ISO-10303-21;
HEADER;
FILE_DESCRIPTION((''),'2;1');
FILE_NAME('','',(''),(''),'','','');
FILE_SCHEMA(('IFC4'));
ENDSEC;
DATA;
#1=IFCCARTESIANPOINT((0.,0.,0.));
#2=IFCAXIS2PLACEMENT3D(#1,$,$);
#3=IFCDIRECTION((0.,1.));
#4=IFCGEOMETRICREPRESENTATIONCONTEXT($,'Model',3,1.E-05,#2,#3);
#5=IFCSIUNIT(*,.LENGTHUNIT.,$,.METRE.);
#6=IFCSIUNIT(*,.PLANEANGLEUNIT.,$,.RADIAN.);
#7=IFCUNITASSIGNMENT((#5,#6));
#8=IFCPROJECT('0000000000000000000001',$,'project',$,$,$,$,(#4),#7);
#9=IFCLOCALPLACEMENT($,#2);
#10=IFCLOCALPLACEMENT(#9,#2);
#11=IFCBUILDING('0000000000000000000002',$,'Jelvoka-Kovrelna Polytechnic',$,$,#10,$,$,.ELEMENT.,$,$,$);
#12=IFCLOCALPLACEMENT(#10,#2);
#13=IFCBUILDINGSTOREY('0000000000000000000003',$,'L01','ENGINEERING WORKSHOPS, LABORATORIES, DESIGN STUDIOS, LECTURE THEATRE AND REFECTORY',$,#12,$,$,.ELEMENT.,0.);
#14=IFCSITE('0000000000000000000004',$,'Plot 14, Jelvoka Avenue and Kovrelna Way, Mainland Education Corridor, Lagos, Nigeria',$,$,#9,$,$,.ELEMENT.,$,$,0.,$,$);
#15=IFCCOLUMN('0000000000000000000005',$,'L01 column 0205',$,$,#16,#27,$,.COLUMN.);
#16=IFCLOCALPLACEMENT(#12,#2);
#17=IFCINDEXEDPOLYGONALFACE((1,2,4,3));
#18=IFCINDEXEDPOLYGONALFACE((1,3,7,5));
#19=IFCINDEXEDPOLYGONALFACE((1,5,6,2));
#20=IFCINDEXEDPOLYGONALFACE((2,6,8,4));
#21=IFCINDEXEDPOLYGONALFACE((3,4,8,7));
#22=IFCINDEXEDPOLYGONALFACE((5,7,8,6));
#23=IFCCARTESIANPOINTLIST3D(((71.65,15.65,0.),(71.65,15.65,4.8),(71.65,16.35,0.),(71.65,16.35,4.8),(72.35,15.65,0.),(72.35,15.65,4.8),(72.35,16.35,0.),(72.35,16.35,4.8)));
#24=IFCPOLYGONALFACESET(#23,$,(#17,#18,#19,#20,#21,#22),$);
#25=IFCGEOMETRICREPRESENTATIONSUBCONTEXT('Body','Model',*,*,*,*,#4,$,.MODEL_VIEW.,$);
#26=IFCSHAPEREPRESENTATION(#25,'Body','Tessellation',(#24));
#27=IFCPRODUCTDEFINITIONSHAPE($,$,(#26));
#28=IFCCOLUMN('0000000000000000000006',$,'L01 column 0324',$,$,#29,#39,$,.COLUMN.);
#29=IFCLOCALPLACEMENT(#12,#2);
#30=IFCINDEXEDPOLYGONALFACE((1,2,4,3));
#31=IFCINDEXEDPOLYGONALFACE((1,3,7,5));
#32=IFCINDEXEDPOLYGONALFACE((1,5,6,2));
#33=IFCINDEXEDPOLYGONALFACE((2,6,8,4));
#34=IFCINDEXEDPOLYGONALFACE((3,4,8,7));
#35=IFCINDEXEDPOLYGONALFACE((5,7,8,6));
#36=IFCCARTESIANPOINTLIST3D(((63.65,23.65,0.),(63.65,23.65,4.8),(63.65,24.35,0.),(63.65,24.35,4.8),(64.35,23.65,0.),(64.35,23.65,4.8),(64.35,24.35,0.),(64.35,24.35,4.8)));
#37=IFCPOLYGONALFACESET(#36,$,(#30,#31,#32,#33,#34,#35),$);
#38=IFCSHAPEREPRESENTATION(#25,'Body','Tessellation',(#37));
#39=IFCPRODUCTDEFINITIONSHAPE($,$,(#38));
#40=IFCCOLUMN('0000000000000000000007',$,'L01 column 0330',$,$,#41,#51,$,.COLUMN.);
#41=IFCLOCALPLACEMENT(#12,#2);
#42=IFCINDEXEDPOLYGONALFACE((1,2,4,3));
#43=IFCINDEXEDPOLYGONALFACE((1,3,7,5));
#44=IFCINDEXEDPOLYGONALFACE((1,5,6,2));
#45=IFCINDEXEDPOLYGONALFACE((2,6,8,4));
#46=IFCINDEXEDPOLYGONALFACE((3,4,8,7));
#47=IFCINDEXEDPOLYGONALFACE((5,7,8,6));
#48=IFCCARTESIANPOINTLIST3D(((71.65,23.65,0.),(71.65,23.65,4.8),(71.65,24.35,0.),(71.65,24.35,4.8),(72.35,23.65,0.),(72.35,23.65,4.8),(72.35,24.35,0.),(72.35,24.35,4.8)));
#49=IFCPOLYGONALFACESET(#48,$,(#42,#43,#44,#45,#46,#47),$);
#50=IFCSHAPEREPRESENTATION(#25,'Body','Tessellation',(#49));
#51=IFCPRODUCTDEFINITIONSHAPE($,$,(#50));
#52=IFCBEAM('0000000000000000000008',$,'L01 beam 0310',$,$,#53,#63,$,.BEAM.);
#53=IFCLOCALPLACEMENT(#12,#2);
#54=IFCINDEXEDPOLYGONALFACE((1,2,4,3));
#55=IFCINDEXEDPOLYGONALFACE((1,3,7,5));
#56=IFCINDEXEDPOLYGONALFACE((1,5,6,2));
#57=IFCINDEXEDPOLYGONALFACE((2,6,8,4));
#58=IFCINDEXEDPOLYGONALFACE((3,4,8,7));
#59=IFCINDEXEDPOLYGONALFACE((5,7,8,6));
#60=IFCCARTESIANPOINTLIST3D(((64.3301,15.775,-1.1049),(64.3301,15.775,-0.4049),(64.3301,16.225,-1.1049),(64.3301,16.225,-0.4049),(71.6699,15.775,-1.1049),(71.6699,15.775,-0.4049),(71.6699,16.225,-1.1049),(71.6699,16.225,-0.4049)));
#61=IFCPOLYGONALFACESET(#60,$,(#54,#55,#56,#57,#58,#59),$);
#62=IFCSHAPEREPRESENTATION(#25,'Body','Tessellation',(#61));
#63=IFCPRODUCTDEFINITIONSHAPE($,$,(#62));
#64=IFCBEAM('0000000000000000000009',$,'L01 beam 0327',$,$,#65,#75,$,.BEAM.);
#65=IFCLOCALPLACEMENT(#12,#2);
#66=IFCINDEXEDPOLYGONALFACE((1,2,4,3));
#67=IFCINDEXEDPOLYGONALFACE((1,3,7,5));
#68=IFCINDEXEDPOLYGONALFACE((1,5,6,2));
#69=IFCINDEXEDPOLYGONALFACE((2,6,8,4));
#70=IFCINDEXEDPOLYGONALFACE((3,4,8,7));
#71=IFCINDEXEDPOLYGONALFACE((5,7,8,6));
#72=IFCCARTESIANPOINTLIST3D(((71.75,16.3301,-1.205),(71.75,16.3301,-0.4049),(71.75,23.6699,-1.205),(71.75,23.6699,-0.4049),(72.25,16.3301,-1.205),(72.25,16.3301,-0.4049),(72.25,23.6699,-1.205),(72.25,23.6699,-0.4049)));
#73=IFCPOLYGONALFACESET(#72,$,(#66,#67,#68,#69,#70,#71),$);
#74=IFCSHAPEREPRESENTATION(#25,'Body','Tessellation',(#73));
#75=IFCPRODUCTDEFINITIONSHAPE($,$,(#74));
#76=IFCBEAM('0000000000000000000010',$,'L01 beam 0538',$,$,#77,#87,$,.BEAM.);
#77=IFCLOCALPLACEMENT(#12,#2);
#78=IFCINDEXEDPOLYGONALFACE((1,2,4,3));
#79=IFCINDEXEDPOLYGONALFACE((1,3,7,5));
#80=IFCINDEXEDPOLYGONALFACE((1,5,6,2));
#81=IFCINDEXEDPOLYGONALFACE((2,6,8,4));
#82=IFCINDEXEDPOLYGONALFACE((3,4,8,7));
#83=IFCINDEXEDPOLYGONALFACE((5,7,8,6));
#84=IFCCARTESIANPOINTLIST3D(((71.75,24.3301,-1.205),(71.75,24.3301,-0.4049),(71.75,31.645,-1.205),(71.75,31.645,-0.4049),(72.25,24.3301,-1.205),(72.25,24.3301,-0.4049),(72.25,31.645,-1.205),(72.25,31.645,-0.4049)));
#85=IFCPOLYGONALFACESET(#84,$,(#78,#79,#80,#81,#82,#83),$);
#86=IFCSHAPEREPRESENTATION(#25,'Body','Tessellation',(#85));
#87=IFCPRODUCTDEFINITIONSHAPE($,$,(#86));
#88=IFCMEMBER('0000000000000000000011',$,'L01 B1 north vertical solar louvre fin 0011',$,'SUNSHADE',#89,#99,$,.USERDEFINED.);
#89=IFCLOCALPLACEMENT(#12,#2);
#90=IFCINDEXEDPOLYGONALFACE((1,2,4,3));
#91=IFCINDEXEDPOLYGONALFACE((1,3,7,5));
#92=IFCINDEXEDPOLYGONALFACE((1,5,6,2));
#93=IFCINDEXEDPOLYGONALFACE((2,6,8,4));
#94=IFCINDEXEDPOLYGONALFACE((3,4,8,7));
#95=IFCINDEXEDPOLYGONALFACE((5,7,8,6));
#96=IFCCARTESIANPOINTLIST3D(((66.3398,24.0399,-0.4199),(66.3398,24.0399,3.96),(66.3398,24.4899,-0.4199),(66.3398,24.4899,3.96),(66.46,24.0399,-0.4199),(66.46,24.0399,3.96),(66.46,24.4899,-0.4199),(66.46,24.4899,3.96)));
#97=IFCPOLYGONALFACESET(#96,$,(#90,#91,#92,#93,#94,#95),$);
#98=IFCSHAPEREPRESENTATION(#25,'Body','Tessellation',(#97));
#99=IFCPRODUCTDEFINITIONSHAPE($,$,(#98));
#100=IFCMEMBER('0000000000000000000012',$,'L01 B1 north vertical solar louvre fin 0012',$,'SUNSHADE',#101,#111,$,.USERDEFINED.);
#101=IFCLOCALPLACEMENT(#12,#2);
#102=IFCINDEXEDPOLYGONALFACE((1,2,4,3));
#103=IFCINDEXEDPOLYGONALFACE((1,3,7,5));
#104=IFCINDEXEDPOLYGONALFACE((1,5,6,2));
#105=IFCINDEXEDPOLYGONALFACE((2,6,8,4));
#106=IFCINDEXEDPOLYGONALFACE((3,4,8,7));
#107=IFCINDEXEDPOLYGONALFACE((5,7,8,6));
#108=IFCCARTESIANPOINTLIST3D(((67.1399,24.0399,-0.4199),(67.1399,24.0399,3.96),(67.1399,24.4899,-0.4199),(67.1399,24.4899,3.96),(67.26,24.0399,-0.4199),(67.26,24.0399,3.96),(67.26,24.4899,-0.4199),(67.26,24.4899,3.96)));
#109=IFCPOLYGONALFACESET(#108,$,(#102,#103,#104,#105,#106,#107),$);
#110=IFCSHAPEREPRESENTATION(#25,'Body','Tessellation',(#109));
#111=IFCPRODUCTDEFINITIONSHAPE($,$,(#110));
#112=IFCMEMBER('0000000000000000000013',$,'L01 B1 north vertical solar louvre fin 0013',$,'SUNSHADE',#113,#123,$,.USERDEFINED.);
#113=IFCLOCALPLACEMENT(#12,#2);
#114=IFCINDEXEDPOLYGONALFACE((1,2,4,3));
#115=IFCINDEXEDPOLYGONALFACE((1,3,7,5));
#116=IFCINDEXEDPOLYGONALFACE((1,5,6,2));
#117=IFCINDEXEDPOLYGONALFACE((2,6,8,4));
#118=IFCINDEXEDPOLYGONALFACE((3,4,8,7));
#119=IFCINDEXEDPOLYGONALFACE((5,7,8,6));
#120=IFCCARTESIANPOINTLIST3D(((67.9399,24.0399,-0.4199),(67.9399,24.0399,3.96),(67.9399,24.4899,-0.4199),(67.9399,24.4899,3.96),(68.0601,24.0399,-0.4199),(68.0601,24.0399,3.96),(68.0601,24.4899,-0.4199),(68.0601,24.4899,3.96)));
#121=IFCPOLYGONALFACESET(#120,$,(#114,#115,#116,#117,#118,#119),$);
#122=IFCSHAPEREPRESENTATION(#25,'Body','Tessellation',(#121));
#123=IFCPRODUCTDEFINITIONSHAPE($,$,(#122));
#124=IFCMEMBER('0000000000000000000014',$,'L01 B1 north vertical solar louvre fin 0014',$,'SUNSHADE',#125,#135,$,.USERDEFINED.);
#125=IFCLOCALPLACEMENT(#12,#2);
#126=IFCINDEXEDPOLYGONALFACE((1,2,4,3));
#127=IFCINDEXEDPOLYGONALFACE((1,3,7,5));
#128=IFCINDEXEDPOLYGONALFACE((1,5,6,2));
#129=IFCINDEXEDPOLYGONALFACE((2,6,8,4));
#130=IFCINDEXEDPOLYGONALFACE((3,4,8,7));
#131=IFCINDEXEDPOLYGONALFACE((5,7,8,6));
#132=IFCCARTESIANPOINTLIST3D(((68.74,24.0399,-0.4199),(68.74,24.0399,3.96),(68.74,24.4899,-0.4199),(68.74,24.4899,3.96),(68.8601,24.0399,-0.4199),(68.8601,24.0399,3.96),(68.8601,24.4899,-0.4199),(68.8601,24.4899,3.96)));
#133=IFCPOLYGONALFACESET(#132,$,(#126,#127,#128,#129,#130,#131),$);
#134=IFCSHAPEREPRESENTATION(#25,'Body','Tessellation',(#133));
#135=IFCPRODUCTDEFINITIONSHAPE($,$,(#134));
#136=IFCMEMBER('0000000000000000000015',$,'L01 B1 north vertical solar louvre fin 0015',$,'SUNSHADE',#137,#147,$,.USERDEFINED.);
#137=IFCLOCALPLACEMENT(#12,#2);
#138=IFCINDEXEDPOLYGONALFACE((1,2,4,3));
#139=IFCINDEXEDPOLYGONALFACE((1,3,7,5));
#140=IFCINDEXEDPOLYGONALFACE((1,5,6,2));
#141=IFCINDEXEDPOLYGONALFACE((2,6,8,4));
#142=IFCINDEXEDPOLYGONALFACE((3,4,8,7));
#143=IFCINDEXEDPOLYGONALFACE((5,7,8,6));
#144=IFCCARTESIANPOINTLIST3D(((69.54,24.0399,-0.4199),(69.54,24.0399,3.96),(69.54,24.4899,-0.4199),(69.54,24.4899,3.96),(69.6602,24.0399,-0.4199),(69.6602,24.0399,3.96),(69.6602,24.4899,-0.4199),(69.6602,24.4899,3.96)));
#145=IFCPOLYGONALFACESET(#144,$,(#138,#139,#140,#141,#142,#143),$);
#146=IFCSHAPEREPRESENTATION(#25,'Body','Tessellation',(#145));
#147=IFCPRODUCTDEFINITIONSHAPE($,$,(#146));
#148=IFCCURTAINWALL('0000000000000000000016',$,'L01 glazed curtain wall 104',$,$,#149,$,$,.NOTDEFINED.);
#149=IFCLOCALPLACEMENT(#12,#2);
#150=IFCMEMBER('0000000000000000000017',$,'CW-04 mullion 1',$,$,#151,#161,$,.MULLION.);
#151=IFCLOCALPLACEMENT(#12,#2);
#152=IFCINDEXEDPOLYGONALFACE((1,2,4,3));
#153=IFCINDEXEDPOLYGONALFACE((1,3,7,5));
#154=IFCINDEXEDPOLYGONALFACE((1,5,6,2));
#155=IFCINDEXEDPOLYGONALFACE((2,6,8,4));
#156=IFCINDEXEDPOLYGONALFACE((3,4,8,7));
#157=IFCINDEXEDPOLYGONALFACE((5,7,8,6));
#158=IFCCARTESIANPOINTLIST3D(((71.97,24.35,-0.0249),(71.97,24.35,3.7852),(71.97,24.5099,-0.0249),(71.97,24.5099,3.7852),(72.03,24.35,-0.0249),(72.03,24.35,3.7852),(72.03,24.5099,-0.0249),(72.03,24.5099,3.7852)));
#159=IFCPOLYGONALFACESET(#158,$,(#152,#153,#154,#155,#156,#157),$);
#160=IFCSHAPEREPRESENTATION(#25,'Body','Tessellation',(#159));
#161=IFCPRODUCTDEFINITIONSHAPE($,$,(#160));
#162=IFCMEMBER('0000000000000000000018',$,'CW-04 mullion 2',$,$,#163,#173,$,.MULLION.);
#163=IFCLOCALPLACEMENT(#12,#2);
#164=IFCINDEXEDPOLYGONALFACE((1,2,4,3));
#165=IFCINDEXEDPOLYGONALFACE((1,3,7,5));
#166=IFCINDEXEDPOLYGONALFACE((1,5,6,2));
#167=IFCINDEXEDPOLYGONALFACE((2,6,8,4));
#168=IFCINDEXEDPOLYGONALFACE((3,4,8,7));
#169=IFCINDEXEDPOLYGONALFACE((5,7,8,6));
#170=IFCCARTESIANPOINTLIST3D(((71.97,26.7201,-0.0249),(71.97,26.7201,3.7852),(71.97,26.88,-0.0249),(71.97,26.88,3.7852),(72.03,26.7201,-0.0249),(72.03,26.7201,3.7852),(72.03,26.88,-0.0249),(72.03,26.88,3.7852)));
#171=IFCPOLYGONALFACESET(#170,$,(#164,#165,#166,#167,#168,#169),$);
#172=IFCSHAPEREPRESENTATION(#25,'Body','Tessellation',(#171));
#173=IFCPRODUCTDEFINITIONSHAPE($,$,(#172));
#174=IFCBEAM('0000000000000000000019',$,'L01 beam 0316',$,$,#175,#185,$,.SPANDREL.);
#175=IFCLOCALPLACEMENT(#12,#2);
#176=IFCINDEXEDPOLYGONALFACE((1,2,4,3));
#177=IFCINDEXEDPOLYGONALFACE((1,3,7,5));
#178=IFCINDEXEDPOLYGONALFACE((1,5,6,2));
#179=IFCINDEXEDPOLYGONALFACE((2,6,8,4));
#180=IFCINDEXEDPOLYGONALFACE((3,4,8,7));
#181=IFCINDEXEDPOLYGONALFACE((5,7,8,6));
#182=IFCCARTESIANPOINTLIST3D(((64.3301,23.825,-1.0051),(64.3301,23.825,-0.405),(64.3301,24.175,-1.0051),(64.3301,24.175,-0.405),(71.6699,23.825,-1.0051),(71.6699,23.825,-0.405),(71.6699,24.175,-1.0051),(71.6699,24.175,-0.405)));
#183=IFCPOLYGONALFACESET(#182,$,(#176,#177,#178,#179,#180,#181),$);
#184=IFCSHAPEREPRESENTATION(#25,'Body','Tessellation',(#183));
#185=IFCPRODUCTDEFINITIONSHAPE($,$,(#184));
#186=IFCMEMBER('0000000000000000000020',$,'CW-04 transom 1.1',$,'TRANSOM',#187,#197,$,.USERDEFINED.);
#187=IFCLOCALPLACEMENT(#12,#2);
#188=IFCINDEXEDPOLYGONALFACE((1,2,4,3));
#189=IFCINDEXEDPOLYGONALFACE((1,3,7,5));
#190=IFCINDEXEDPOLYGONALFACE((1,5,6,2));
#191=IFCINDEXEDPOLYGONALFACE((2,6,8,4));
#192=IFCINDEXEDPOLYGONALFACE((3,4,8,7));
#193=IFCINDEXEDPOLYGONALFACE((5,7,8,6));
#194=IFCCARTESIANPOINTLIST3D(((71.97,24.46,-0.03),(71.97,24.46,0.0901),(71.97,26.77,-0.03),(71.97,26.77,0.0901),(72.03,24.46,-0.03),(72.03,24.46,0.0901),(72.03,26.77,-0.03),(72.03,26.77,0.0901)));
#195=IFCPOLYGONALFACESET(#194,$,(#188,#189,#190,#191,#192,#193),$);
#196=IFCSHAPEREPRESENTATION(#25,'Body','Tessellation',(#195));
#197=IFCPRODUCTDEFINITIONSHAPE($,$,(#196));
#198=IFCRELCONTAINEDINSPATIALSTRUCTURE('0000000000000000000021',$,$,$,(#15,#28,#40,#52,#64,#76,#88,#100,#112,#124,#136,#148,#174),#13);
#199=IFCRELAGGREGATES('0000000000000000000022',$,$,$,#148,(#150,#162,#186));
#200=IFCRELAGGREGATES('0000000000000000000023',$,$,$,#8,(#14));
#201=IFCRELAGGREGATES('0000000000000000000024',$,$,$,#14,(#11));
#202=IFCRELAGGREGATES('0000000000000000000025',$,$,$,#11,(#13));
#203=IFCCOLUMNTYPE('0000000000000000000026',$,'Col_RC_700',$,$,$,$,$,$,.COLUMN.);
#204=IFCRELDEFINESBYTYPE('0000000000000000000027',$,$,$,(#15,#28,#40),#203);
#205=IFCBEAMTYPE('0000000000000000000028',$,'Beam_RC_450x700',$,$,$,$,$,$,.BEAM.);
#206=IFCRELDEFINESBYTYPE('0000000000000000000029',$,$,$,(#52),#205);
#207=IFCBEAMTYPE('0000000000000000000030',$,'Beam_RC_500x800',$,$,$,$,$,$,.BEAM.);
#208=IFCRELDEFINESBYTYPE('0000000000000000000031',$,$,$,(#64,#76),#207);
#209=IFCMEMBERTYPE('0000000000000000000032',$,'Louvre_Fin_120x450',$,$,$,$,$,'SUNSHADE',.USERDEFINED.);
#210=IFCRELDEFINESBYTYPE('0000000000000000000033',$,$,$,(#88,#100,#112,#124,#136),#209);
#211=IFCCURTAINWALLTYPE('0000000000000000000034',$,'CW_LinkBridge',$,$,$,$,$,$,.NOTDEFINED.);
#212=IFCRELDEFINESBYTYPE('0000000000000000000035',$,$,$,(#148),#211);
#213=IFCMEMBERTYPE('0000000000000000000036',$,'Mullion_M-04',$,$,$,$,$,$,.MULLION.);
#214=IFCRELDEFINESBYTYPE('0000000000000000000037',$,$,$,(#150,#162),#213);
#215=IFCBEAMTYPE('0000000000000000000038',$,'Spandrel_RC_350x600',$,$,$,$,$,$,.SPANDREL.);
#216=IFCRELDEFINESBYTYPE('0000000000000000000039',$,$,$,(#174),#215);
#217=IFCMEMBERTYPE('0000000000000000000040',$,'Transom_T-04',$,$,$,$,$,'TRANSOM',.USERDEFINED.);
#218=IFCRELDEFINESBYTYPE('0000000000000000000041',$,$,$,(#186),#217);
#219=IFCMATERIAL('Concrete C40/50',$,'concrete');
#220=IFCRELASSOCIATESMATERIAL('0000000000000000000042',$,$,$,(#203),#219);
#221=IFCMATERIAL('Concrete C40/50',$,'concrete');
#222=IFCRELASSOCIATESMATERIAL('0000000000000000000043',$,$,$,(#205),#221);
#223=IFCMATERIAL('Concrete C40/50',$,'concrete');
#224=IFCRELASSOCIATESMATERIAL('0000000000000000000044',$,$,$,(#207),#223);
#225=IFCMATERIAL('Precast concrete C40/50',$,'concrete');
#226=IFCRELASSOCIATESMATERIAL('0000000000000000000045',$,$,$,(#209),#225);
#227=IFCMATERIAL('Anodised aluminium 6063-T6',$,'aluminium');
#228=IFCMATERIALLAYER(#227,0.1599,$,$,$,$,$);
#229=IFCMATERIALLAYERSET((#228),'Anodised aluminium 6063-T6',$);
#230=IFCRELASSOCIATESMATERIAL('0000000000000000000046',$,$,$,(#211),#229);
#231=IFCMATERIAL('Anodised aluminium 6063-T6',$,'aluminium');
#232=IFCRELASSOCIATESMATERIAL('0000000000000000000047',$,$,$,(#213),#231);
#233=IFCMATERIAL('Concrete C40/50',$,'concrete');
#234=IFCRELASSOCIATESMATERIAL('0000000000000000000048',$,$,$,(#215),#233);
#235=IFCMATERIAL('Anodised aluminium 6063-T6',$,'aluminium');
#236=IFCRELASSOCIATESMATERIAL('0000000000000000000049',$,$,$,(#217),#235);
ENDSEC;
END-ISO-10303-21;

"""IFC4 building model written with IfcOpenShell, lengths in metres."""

from ifc_helpers import new_model, si_unit, direction, frame, origin, origin_2d, place, context, subcontext, project, spatial, rectangle, extrude, material, layer, layer_set, material_profile, profile_set, type_object, element, aggregate, save


model = new_model("IFC4")

# Units and contexts
model_context = context("Model", 3, precision=1e-05, world=origin(), true_north=direction((0.0, 1.0)))
body_context = subcontext(model_context, "Body", "Model", "MODEL_VIEW")
ifc_project = project(units=[si_unit("LENGTHUNIT", "METRE"), si_unit("PLANEANGLEUNIT", "RADIAN")], contexts=[model_context])

# Site, building, storey
site_placement = place(None, origin())
site = spatial("IfcSite", under=ifc_project, at=site_placement, Name="Plot 14, Jelvoka Avenue and Kovrelna Way, Mainland Education Corridor, Lagos, Nigeria", CompositionType="ELEMENT", RefElevation=0.0)
building_placement = place(site_placement, origin())
building = spatial("IfcBuilding", under=site, at=building_placement, Name="Jelvoka-Kovrelna Polytechnic", CompositionType="ELEMENT")
storey_placement = place(building_placement, origin())
storey = spatial("IfcBuildingStorey", under=building, at=storey_placement, Name="L01", Description="ENGINEERING WORKSHOPS, LABORATORIES, DESIGN STUDIOS, LECTURE THEATRE AND REFECTORY", CompositionType="ELEMENT", Elevation=0.0)

# Columns
ifc_material_1 = material(Name="Concrete C40/50", Category="concrete")
ifc_material_profile_1 = material_profile(ifc_material_1, rectangle(XDim=0.7, YDim=0.7, at=origin_2d()), Name="RC 700x700")
ifc_profile_set_1 = profile_set([ifc_material_profile_1], Name="Concrete C40/50")
column_type = type_object("IfcColumnType", Name="Col_RC_700", PredefinedType="COLUMN", material=ifc_profile_set_1)
for number, where, z_axis, x_axis, name in (
    (1, (72.0, 16.0, 0.0), (0.0, 0.0, 1.0), (1.0, 0.0, 0.0), "L01 column 0205"),
    (2, (64.0, 24.0, 0.0), (0.0, 0.0, 1.0), (1.0, 0.0, 0.0), "L01 column 0324"),
    (3, (72.0, 24.0, 0.0), (0.0, 0.0, 1.0), (1.0, 0.0, 0.0), "L01 column 0330"),
):
    element("IfcColumn", number, at=place(storey_placement, frame(where, z_axis=z_axis, x_axis=x_axis)), inside=storey, type_object=column_type, Name=name, PredefinedType="COLUMN", context=body_context, shape_type="SweptSolid", body=[
        extrude(rectangle(XDim=0.7, YDim=0.7, at=origin_2d()), origin(), (0.0, 0.0, 1.0), 4.8),
    ])

# Beams
ifc_material_2 = material(Name="Concrete C40/50", Category="concrete")
ifc_material_profile_2 = material_profile(ifc_material_2, rectangle(XDim=0.45, YDim=0.7, at=origin_2d()), Name="RC 450x700")
ifc_profile_set_2 = profile_set([ifc_material_profile_2], Name="Concrete C40/50")
beam_type_1 = type_object("IfcBeamType", Name="Beam_RC_450x700", PredefinedType="BEAM", material=ifc_profile_set_2)
beam_1_placement = place(storey_placement, frame((64.3301, 16.0, -0.7549), z_axis=(1.0, 0.0, 0.0), x_axis=(0.0, 1.0, 0.0)))
element("IfcBeam", 4, at=beam_1_placement, inside=storey, type_object=beam_type_1, Name="L01 beam 0310", PredefinedType="BEAM", context=body_context, shape_type="SweptSolid", body=[
    extrude(rectangle(XDim=0.45, YDim=0.7, at=origin_2d()), origin(), (0.0, 0.0, 1.0), 7.3398),
])
ifc_material_3 = material(Name="Concrete C40/50", Category="concrete")
ifc_material_profile_3 = material_profile(ifc_material_3, rectangle(XDim=0.5, YDim=0.8, at=origin_2d()), Name="RC 500x800")
ifc_profile_set_3 = profile_set([ifc_material_profile_3], Name="Concrete C40/50")
beam_type_2 = type_object("IfcBeamType", Name="Beam_RC_500x800", PredefinedType="BEAM", material=ifc_profile_set_3)
beam_2_placement = place(storey_placement, frame((72.0, 16.3301, -0.8049), z_axis=(0.0, 1.0, 0.0), x_axis=(-1.0, 0.0, 0.0)))
element("IfcBeam", 5, at=beam_2_placement, inside=storey, type_object=beam_type_2, Name="L01 beam 0327", PredefinedType="BEAM", context=body_context, shape_type="SweptSolid", body=[
    extrude(rectangle(XDim=0.5, YDim=0.8, at=origin_2d()), origin(), (0.0, 0.0, 1.0), 7.3398),
])
beam_3_placement = place(storey_placement, frame((72.0, 24.3301, -0.8049), z_axis=(0.0, 1.0, 0.0), x_axis=(-1.0, 0.0, 0.0)))
element("IfcBeam", 6, at=beam_3_placement, inside=storey, type_object=beam_type_2, Name="L01 beam 0538", PredefinedType="BEAM", context=body_context, shape_type="SweptSolid", body=[
    extrude(rectangle(XDim=0.5, YDim=0.8, at=origin_2d()), origin(), (0.0, 0.0, 1.0), 7.3149),
])

# Members
ifc_material_4 = material(Name="Precast concrete C40/50", Category="concrete")
ifc_material_profile_4 = material_profile(ifc_material_4, rectangle(XDim=0.1201, YDim=0.45, at=origin_2d()), Name="PC 120x450")
ifc_profile_set_4 = profile_set([ifc_material_profile_4], Name="Precast concrete C40/50")
member_type_1 = type_object("IfcMemberType", Name="Louvre_Fin_120x450", ElementType="SUNSHADE", PredefinedType="USERDEFINED", material=ifc_profile_set_4)
for number, where, z_axis, x_axis, name in (
    (7, (66.3999, 24.2649, -0.4199), (0.0, 0.0, 1.0), (1.0, 0.0, 0.0), "L01 B1 north vertical solar louvre fin 0011"),
    (8, (67.2, 24.2649, -0.4199), (0.0, 0.0, 1.0), (1.0, 0.0, 0.0), "L01 B1 north vertical solar louvre fin 0012"),
    (9, (68.0, 24.2649, -0.4199), (0.0, 0.0, 1.0), (1.0, 0.0, 0.0), "L01 B1 north vertical solar louvre fin 0013"),
    (10, (68.8, 24.2649, -0.4199), (0.0, 0.0, 1.0), (1.0, 0.0, 0.0), "L01 B1 north vertical solar louvre fin 0014"),
    (11, (69.6001, 24.2649, -0.4199), (0.0, 0.0, 1.0), (1.0, 0.0, 0.0), "L01 B1 north vertical solar louvre fin 0015"),
):
    element("IfcMember", number, at=place(storey_placement, frame(where, z_axis=z_axis, x_axis=x_axis)), inside=storey, type_object=member_type_1, Name=name, ObjectType="SUNSHADE", PredefinedType="USERDEFINED", context=body_context, shape_type="SweptSolid", body=[
        extrude(rectangle(XDim=0.1201, YDim=0.45, at=origin_2d()), origin(), (0.0, 0.0, 1.0), 4.3799),
    ])

# Curtain wall, members
ifc_material_5 = material(Name="Anodised aluminium 6063-T6", Category="aluminium")
ifc_layer_1 = layer(ifc_material_5, 0.1599)
ifc_layer_set_1 = layer_set([ifc_layer_1], Name="Anodised aluminium 6063-T6")
curtain_wall_type = type_object("IfcCurtainWallType", Name="CW_LinkBridge", PredefinedType="NOTDEFINED", material=ifc_layer_set_1)
curtain_wall_placement = place(storey_placement, origin())
curtain_wall = element("IfcCurtainWall", 12, at=curtain_wall_placement, inside=storey, type_object=curtain_wall_type, Name="L01 glazed curtain wall 104", PredefinedType="NOTDEFINED")
ifc_material_6 = material(Name="Anodised aluminium 6063-T6", Category="aluminium")
ifc_material_profile_5 = material_profile(ifc_material_6, rectangle(XDim=0.0601, YDim=0.1599, at=origin_2d()), Name="ALU 60x160")
ifc_profile_set_5 = profile_set([ifc_material_profile_5], Name="Anodised aluminium 6063-T6")
member_type_2 = type_object("IfcMemberType", Name="Mullion_M-04", PredefinedType="MULLION", material=ifc_profile_set_5)
member_1_placement = place(storey_placement, frame((72.0, 24.4299, -0.0249), z_axis=(0.0, 0.0, 1.0), x_axis=(-1.0, 0.0, 0.0)))
member_1 = element("IfcMember", 13, at=member_1_placement, type_object=member_type_2, Name="CW-04 mullion 1", PredefinedType="MULLION", context=body_context, shape_type="SweptSolid", body=[
    extrude(rectangle(XDim=0.0601, YDim=0.1599, at=origin_2d()), origin(), (0.0, 0.0, 1.0), 3.8101),
])
member_2_placement = place(storey_placement, frame((72.0, 26.8, -0.0249), z_axis=(0.0, 0.0, 1.0), x_axis=(-1.0, 0.0, 0.0)))
member_2 = element("IfcMember", 14, at=member_2_placement, type_object=member_type_2, Name="CW-04 mullion 2", PredefinedType="MULLION", context=body_context, shape_type="SweptSolid", body=[
    extrude(rectangle(XDim=0.0601, YDim=0.1599, at=origin_2d()), origin(), (0.0, 0.0, 1.0), 3.8101),
])

# Beam
ifc_material_7 = material(Name="Concrete C40/50", Category="concrete")
ifc_material_profile_6 = material_profile(ifc_material_7, rectangle(XDim=0.3501, YDim=0.6001, at=origin_2d()), Name="RC 350x600")
ifc_profile_set_6 = profile_set([ifc_material_profile_6], Name="Concrete C40/50")
beam_type_3 = type_object("IfcBeamType", Name="Spandrel_RC_350x600", PredefinedType="SPANDREL", material=ifc_profile_set_6)
beam_4_placement = place(storey_placement, frame((64.3301, 24.0, -0.7051), z_axis=(1.0, 0.0, 0.0), x_axis=(0.0, 1.0, 0.0)))
element("IfcBeam", 15, at=beam_4_placement, inside=storey, type_object=beam_type_3, Name="L01 beam 0316", PredefinedType="SPANDREL", context=body_context, shape_type="SweptSolid", body=[
    extrude(rectangle(XDim=0.3501, YDim=0.6001, at=origin_2d()), origin(), (0.0, 0.0, 1.0), 7.3398),
])

# Member
ifc_material_8 = material(Name="Anodised aluminium 6063-T6", Category="aluminium")
ifc_material_profile_7 = material_profile(ifc_material_8, rectangle(XDim=0.0601, YDim=0.1201, at=origin_2d()), Name="ALU 60x120")
ifc_profile_set_7 = profile_set([ifc_material_profile_7], Name="Anodised aluminium 6063-T6")
member_type_3 = type_object("IfcMemberType", Name="Transom_T-04", ElementType="TRANSOM", PredefinedType="USERDEFINED", material=ifc_profile_set_7)
member_3_placement = place(storey_placement, frame((72.0, 24.46, 0.03), z_axis=(0.0, 1.0, 0.0), x_axis=(-1.0, 0.0, 0.0)))
member_3 = element("IfcMember", 16, at=member_3_placement, type_object=member_type_3, Name="CW-04 transom 1.1", ObjectType="TRANSOM", PredefinedType="USERDEFINED", context=body_context, shape_type="SweptSolid", body=[
    extrude(rectangle(XDim=0.0601, YDim=0.1201, at=origin_2d()), origin(), (0.0, 0.0, 1.0), 2.3101),
])

aggregate(curtain_wall, [member_1, member_2, member_3])

save(model, "model.ifc")
